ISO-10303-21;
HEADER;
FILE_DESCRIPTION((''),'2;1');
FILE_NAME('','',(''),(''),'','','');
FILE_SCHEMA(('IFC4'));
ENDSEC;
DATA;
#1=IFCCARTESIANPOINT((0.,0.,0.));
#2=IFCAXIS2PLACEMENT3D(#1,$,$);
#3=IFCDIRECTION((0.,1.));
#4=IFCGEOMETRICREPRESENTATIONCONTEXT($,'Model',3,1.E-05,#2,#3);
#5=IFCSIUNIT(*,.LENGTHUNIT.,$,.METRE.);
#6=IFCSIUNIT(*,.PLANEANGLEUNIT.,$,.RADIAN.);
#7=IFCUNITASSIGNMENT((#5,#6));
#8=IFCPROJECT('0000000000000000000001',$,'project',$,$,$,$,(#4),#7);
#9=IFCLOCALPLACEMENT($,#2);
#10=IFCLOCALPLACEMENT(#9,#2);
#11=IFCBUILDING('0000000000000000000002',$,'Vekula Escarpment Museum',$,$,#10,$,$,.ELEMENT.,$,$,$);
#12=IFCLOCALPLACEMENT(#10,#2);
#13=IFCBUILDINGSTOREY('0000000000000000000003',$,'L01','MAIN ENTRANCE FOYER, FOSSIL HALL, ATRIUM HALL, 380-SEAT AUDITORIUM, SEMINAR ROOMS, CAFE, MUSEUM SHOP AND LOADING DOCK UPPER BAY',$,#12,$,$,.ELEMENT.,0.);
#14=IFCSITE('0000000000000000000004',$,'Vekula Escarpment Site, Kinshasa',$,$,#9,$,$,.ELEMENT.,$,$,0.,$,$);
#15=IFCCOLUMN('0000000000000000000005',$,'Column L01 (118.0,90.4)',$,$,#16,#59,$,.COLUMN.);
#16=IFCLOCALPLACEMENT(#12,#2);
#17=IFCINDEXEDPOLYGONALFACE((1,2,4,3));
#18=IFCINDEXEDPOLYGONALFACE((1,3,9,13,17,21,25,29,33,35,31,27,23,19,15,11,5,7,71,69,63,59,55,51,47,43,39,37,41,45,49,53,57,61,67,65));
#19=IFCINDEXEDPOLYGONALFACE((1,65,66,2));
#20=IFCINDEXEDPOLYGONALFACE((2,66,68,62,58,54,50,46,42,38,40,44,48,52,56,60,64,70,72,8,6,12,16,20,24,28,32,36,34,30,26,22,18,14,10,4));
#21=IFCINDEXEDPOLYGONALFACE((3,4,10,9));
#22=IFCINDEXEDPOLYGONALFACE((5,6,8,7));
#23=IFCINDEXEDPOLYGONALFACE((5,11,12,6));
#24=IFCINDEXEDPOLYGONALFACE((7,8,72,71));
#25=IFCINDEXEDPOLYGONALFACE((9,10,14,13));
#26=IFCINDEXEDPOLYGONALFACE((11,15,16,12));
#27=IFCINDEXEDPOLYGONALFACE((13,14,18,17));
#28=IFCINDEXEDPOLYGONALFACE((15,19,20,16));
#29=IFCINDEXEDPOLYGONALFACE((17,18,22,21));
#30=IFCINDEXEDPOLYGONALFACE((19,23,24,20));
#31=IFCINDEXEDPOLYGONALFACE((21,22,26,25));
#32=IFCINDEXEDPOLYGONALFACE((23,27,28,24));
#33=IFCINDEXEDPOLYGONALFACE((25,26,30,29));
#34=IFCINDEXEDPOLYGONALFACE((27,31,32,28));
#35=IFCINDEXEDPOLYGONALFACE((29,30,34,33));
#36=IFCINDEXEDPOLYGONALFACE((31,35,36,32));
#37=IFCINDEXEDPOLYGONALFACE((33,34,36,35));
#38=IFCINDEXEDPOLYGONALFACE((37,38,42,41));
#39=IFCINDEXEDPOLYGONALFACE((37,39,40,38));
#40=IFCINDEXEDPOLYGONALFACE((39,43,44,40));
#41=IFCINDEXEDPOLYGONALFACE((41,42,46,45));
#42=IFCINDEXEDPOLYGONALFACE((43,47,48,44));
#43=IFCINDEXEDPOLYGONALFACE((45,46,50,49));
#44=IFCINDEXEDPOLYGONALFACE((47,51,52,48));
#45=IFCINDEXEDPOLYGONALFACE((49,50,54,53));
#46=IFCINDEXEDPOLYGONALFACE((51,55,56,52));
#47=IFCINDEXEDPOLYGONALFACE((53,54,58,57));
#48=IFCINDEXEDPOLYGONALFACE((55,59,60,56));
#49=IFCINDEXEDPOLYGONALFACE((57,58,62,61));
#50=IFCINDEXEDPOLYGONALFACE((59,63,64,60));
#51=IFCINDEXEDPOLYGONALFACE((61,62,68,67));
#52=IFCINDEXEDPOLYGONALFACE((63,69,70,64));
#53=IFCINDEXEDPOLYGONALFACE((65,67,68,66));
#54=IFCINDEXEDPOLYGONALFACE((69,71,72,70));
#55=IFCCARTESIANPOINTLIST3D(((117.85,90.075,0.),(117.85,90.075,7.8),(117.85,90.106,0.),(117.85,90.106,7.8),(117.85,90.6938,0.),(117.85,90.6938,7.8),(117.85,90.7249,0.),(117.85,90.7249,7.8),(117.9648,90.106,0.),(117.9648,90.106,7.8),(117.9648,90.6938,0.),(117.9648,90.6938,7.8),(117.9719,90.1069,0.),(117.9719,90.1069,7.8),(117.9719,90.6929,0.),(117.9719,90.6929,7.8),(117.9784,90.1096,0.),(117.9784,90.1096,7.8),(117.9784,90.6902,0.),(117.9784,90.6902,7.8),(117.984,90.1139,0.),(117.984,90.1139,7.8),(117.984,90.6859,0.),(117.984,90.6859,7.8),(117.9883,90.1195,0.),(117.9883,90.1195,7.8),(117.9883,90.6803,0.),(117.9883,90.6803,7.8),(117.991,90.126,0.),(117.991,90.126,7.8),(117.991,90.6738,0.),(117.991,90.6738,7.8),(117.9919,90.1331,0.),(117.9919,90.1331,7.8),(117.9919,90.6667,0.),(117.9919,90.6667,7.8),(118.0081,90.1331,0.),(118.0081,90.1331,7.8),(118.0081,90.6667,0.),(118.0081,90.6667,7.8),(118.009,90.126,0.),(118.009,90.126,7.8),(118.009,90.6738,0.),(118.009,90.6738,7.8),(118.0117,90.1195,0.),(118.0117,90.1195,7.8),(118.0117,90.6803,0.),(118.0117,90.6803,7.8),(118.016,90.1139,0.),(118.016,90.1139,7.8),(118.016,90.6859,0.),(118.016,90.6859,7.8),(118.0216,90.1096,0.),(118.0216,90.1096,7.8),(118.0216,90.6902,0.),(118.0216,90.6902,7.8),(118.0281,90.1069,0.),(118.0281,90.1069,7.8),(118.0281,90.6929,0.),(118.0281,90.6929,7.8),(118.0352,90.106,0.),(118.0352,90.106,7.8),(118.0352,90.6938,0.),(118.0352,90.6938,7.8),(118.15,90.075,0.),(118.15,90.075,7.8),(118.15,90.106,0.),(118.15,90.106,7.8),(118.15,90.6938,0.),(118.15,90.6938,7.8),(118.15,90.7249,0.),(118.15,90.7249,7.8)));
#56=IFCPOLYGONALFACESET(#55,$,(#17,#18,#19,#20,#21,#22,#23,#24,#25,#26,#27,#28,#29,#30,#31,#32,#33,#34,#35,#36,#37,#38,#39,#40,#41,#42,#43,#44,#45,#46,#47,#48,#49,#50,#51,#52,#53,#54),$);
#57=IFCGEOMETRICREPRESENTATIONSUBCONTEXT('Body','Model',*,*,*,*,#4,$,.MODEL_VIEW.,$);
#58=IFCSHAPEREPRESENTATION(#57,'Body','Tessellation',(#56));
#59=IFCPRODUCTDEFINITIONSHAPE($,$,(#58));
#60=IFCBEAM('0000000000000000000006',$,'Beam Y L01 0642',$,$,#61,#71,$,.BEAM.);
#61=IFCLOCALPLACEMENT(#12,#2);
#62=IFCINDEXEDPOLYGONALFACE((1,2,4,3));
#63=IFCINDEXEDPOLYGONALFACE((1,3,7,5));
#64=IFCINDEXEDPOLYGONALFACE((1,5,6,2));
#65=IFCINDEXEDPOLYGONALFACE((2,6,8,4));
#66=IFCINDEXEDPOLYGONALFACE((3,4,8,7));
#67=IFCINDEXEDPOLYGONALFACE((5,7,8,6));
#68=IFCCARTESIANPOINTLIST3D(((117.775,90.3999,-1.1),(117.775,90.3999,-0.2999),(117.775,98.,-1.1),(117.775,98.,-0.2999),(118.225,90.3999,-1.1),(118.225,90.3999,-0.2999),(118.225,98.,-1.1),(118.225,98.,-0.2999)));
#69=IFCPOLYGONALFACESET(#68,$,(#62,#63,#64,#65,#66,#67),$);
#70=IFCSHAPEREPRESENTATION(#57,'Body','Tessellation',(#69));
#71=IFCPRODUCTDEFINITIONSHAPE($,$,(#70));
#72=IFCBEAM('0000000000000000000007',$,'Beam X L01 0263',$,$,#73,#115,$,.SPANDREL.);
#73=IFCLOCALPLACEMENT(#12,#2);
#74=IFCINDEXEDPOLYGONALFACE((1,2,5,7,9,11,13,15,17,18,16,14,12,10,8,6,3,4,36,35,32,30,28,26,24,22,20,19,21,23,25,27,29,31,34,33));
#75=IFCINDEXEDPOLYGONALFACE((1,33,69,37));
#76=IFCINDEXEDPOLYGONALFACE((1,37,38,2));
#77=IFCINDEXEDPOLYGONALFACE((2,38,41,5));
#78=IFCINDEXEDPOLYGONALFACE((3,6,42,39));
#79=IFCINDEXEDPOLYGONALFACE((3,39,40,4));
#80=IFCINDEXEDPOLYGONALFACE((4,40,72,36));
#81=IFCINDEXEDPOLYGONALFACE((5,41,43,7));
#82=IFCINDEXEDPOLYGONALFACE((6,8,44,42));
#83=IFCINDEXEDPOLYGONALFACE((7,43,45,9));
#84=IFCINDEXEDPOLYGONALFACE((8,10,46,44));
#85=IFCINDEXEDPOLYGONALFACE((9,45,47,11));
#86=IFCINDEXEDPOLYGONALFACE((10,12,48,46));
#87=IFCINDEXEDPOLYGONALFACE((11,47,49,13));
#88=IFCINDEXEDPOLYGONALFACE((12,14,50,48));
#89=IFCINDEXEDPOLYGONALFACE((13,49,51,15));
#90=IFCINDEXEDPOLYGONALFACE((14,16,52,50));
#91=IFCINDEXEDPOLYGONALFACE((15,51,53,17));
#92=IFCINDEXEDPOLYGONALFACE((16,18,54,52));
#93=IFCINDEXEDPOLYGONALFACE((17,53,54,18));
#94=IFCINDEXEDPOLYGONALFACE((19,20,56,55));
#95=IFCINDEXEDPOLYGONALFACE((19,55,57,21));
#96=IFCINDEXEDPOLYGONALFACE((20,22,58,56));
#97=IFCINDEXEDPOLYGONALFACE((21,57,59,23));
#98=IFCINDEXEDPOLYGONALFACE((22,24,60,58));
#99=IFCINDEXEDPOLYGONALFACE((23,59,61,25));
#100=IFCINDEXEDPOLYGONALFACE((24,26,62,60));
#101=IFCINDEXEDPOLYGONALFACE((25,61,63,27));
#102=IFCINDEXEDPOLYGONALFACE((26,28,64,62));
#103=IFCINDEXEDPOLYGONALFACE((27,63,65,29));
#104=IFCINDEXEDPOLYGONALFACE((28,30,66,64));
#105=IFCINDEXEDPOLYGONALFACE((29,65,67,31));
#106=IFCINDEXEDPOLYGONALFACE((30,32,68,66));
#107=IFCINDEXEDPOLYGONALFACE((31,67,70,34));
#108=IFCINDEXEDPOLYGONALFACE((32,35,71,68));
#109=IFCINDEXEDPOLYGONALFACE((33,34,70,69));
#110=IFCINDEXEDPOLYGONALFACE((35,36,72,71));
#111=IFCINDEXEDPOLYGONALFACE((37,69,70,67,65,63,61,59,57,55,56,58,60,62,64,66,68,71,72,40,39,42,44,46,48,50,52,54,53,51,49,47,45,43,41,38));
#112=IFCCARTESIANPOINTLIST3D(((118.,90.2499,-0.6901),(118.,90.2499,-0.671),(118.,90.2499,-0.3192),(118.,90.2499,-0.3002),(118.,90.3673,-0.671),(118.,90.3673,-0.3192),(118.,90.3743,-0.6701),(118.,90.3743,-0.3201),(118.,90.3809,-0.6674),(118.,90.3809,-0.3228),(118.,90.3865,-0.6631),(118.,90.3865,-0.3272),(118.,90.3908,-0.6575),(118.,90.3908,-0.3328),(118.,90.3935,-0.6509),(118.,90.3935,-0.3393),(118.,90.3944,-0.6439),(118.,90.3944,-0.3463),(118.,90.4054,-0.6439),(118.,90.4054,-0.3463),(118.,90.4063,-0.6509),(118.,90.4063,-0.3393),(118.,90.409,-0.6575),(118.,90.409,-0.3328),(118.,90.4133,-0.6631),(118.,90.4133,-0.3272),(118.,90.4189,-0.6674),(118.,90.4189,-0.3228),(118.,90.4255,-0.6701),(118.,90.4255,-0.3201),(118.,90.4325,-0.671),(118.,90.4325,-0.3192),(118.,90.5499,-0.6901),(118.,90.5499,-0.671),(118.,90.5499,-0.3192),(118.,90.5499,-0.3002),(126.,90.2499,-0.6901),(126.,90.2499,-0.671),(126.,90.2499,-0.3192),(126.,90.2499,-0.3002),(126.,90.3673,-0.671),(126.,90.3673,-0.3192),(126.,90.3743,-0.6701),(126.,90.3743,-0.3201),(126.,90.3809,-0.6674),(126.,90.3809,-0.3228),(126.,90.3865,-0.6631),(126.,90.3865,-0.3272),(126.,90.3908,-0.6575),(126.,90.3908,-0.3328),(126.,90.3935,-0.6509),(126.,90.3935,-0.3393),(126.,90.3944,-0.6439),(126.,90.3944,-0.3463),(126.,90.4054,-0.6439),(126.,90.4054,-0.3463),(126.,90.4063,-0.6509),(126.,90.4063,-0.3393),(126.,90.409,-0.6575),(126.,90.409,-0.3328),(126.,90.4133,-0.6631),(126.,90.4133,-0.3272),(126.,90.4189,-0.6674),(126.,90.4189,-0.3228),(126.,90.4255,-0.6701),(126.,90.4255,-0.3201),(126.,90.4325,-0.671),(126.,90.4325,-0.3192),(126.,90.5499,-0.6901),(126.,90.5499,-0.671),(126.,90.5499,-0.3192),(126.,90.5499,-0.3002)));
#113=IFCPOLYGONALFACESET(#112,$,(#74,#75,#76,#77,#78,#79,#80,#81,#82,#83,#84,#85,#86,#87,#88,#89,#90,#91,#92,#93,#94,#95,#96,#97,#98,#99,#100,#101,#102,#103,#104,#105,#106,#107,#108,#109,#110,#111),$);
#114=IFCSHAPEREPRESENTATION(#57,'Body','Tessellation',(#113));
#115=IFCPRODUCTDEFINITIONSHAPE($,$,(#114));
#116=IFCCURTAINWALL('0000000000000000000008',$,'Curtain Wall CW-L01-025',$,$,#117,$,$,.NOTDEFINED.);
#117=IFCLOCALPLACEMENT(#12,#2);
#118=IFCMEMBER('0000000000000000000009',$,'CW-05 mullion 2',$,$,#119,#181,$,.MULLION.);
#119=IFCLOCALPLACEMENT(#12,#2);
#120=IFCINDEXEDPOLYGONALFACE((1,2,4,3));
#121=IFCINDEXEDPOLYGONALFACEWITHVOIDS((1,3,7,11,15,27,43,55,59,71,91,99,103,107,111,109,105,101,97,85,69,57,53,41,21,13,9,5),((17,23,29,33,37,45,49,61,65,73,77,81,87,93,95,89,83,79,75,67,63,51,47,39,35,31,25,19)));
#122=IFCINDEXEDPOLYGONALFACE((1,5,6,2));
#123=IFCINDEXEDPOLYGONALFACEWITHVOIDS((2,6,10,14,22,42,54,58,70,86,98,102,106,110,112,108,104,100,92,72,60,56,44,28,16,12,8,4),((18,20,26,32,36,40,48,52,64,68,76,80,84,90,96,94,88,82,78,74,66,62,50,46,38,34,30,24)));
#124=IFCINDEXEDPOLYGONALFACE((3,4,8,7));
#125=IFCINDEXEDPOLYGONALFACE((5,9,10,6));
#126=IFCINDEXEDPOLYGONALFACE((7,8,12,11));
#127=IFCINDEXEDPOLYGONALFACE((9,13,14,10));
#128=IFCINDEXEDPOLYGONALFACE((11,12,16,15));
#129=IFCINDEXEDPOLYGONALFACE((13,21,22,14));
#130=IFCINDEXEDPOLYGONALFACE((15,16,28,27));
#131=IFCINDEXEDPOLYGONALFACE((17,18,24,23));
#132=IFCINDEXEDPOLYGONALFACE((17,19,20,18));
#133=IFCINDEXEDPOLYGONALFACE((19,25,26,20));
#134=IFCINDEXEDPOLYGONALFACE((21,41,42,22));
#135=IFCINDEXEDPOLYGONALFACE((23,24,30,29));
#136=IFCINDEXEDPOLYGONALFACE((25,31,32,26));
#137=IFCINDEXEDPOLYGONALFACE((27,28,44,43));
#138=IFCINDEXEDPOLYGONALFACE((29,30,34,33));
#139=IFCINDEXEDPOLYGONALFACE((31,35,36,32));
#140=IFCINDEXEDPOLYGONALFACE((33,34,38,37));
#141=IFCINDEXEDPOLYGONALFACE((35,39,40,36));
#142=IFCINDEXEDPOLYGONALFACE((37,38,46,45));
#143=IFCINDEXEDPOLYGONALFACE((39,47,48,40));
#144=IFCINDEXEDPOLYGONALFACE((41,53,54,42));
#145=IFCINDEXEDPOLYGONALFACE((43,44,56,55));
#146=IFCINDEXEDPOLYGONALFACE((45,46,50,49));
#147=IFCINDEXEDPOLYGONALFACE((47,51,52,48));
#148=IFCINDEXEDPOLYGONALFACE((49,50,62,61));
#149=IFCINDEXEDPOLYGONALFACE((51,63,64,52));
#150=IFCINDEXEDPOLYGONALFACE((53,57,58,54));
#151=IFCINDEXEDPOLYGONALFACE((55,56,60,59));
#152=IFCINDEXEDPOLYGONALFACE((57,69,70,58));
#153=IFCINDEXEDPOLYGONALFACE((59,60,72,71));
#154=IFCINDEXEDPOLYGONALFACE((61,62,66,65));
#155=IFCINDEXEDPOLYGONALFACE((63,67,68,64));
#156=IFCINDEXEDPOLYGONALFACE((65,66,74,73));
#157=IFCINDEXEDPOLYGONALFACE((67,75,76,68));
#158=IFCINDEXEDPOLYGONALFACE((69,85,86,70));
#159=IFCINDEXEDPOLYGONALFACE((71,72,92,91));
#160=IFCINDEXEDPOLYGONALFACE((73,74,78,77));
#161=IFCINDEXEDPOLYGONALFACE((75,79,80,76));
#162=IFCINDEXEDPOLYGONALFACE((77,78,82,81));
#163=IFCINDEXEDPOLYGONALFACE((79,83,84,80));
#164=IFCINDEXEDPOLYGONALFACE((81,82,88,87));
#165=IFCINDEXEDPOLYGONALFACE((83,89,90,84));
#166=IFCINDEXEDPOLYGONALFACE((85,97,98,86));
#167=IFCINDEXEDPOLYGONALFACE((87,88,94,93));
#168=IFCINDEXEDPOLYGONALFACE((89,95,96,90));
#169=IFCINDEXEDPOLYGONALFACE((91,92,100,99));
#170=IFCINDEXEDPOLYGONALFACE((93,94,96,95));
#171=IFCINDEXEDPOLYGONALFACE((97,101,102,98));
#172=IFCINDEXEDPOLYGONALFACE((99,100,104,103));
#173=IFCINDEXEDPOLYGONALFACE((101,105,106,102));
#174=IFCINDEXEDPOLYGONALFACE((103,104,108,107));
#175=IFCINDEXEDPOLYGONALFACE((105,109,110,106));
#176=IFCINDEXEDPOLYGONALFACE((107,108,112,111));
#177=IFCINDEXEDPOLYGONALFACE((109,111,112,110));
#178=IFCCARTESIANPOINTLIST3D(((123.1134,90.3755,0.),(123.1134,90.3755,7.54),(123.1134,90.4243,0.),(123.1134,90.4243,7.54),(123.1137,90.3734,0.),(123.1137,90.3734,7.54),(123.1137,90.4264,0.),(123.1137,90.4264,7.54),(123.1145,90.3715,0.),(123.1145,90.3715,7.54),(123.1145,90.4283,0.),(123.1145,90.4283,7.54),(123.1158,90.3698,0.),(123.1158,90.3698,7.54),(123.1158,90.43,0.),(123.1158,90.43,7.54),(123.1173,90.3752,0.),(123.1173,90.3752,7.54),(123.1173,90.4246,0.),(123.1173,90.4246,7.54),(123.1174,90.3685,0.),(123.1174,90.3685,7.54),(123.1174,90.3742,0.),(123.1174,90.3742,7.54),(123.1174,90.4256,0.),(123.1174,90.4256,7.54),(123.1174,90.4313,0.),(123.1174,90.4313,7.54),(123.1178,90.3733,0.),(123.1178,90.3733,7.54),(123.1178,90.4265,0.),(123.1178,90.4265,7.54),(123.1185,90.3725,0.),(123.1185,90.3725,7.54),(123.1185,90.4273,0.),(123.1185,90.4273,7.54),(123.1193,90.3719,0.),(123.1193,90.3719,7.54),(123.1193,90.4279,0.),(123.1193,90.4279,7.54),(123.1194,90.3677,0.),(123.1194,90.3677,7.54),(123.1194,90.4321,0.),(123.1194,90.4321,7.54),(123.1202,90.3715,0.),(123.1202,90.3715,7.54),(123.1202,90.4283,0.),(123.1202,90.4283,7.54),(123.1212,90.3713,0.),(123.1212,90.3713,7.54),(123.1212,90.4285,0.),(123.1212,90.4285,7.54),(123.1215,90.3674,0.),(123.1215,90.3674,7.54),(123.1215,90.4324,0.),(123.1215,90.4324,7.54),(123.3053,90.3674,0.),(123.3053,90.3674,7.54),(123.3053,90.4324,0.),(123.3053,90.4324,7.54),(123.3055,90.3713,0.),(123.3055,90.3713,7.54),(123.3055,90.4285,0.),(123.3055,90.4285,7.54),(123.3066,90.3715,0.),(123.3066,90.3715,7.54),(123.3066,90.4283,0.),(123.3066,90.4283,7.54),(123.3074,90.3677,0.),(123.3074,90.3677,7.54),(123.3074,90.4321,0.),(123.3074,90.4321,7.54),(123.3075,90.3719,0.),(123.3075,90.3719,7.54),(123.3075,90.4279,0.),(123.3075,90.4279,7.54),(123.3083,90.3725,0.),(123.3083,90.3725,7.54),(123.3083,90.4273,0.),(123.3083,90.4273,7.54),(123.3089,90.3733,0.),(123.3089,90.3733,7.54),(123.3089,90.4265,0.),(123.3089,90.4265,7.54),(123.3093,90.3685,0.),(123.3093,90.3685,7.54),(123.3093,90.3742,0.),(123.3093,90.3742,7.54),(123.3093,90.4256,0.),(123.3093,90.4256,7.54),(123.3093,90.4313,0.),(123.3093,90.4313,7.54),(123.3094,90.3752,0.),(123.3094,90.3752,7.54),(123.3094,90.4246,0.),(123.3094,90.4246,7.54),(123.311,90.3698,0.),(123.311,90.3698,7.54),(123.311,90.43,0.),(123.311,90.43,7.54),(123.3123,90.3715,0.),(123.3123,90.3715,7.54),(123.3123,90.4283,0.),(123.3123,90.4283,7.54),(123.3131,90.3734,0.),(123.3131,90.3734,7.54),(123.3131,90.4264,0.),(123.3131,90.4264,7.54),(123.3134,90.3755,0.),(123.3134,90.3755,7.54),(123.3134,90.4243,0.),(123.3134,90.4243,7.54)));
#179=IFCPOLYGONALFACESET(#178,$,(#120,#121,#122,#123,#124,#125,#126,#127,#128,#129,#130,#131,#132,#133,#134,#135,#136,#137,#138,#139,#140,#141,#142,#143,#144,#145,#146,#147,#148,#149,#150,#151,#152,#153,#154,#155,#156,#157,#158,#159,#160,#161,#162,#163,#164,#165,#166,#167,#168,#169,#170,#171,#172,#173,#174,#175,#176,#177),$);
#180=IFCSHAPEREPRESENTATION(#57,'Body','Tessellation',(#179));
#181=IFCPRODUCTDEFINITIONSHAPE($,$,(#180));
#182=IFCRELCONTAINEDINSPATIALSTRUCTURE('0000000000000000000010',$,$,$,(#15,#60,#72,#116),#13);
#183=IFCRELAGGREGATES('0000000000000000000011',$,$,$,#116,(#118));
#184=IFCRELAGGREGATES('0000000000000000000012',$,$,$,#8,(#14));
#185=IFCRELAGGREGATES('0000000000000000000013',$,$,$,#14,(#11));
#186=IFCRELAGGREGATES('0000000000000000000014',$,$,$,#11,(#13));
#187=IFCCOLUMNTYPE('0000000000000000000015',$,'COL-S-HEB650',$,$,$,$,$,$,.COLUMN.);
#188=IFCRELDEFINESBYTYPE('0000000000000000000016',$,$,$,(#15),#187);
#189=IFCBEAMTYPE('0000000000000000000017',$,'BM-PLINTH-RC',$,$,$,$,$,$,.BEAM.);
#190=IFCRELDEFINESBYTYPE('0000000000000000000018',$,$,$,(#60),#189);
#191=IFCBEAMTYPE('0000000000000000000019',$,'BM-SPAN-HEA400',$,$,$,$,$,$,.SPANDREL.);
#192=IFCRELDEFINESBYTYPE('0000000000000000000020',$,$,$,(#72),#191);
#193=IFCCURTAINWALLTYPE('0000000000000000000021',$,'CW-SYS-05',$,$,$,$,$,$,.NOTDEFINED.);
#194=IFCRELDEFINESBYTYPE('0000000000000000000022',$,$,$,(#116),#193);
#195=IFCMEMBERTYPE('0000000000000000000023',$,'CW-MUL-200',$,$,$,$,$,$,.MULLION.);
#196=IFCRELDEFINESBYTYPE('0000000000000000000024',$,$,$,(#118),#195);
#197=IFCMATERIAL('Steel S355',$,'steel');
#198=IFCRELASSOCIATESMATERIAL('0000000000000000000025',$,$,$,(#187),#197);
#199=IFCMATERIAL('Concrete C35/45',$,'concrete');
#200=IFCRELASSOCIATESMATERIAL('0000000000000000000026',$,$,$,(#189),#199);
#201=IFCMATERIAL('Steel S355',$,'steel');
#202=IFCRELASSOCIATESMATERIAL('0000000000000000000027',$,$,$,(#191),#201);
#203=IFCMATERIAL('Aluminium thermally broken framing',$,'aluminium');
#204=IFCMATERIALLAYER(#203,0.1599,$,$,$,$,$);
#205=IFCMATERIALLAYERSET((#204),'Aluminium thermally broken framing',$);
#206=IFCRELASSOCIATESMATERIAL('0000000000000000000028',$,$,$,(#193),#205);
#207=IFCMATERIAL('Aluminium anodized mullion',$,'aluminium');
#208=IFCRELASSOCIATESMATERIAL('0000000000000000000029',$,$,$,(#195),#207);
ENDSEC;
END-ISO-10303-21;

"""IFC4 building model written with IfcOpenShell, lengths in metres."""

from ifc_helpers import new_model, si_unit, direction, frame, origin, origin_2d, place, context, subcontext, project, spatial, rectangle, hollow_rectangle, i_section, extrude, material, layer, layer_set, material_profile, profile_set, type_object, element, aggregate, save


model = new_model("IFC4")

# Units and contexts
model_context = context("Model", 3, precision=1e-05, world=origin(), true_north=direction((0.0, 1.0)))
body_context = subcontext(model_context, "Body", "Model", "MODEL_VIEW")
ifc_project = project(units=[si_unit("LENGTHUNIT", "METRE"), si_unit("PLANEANGLEUNIT", "RADIAN")], contexts=[model_context])

# Site, building, storey
site_placement = place(None, origin())
site = spatial("IfcSite", under=ifc_project, at=site_placement, Name="Vekula Escarpment Site, Kinshasa", CompositionType="ELEMENT", RefElevation=0.0)
building_placement = place(site_placement, origin())
building = spatial("IfcBuilding", under=site, at=building_placement, Name="Vekula Escarpment Museum", CompositionType="ELEMENT")
storey_placement = place(building_placement, origin())
storey = spatial("IfcBuildingStorey", under=building, at=storey_placement, Name="L01", Description="MAIN ENTRANCE FOYER, FOSSIL HALL, ATRIUM HALL, 380-SEAT AUDITORIUM, SEMINAR ROOMS, CAFE, MUSEUM SHOP AND LOADING DOCK UPPER BAY", CompositionType="ELEMENT", Elevation=0.0)

# Column
ifc_material_1 = material(Name="Steel S355", Category="steel")
ifc_material_profile_1 = material_profile(ifc_material_1, i_section(OverallWidth=0.3, OverallDepth=0.6499, WebThickness=0.0161, FlangeThickness=0.031, FilletRadius=0.0271, at=origin_2d()), Name="HEB 650")
ifc_profile_set_1 = profile_set([ifc_material_profile_1], Name="Steel S355")
column_type = type_object("IfcColumnType", Name="COL-S-HEB650", PredefinedType="COLUMN", material=ifc_profile_set_1)
column_placement = place(storey_placement, frame((118.0, 90.3999, 0.0), z_axis=(0.0, 0.0, 1.0), x_axis=(1.0, 0.0, 0.0)))
element("IfcColumn", 1, at=column_placement, inside=storey, type_object=column_type, Name="Column L01 (118.0,90.4)", PredefinedType="COLUMN", context=body_context, shape_type="SweptSolid", body=[
    extrude(i_section(OverallWidth=0.3, OverallDepth=0.6499, WebThickness=0.0161, FlangeThickness=0.031, FilletRadius=0.0271, at=origin_2d()), origin(), (0.0, 0.0, 1.0), 7.8),
])

# Beams
ifc_material_2 = material(Name="Concrete C35/45", Category="concrete")
ifc_material_profile_2 = material_profile(ifc_material_2, rectangle(XDim=0.45, YDim=0.8, at=origin_2d()), Name="RC 450x800")
ifc_profile_set_2 = profile_set([ifc_material_profile_2], Name="Concrete C35/45")
beam_type_1 = type_object("IfcBeamType", Name="BM-PLINTH-RC", PredefinedType="BEAM", material=ifc_profile_set_2)
beam_1_placement = place(storey_placement, frame((118.0, 90.3999, -0.7), z_axis=(0.0, 1.0, 0.0), x_axis=(-1.0, 0.0, 0.0)))
element("IfcBeam", 2, at=beam_1_placement, inside=storey, type_object=beam_type_1, Name="Beam Y L01 0642", PredefinedType="BEAM", context=body_context, shape_type="SweptSolid", body=[
    extrude(rectangle(XDim=0.45, YDim=0.8, at=origin_2d()), origin(), (0.0, 0.0, 1.0), 7.6001),
])
ifc_material_3 = material(Name="Steel S355", Category="steel")
ifc_material_profile_3 = material_profile(ifc_material_3, i_section(OverallWidth=0.3, OverallDepth=0.3899, WebThickness=0.011, FlangeThickness=0.019, FilletRadius=0.0271, at=origin_2d()), Name="HEA 400")
ifc_profile_set_3 = profile_set([ifc_material_profile_3], Name="Steel S355")
beam_type_2 = type_object("IfcBeamType", Name="BM-SPAN-HEA400", PredefinedType="SPANDREL", material=ifc_profile_set_3)
beam_2_placement = place(storey_placement, frame((118.0, 90.3999, -0.4951), z_axis=(1.0, 0.0, 0.0), x_axis=(0.0, 1.0, 0.0)))
element("IfcBeam", 3, at=beam_2_placement, inside=storey, type_object=beam_type_2, Name="Beam X L01 0263", PredefinedType="SPANDREL", context=body_context, shape_type="SweptSolid", body=[
    extrude(i_section(OverallWidth=0.3, OverallDepth=0.3899, WebThickness=0.011, FlangeThickness=0.019, FilletRadius=0.0271, at=origin_2d()), origin(), (0.0, 0.0, 1.0), 8.0),
])

# Curtain wall, member
ifc_material_4 = material(Name="Aluminium thermally broken framing", Category="aluminium")
ifc_layer_1 = layer(ifc_material_4, 0.1599)
ifc_layer_set_1 = layer_set([ifc_layer_1], Name="Aluminium thermally broken framing")
curtain_wall_type_1 = type_object("IfcCurtainWallType", Name="CW-SYS-05", PredefinedType="NOTDEFINED", material=ifc_layer_set_1)
curtain_wall_1_placement = place(storey_placement, origin())
curtain_wall_1 = element("IfcCurtainWall", 4, at=curtain_wall_1_placement, inside=storey, type_object=curtain_wall_type_1, Name="Curtain Wall CW-L01-025", PredefinedType="NOTDEFINED")
ifc_material_5 = material(Name="Aluminium anodized mullion", Category="aluminium")
ifc_material_profile_4 = material_profile(ifc_material_5, hollow_rectangle(XDim=0.0649, YDim=0.2, WallThickness=0.0039, InnerFilletRadius=0.0039, OuterFilletRadius=0.0081, at=origin_2d()), Name="ALU 200x65x4")
ifc_profile_set_4 = profile_set([ifc_material_profile_4], Name="Aluminium anodized mullion")
member_type_1 = type_object("IfcMemberType", Name="CW-MUL-200", PredefinedType="MULLION", material=ifc_profile_set_4)
member_1_placement = place(storey_placement, frame((123.2134, 90.3999, 0.0), z_axis=(0.0, 0.0, 1.0), x_axis=(0.0, -1.0, 0.0)))
member_1 = element("IfcMember", 5, at=member_1_placement, type_object=member_type_1, Name="CW-05 mullion 2", PredefinedType="MULLION", context=body_context, shape_type="SweptSolid", body=[
    extrude(hollow_rectangle(XDim=0.0649, YDim=0.2, WallThickness=0.0039, InnerFilletRadius=0.0039, OuterFilletRadius=0.0081, at=origin_2d()), origin(), (0.0, 0.0, 1.0), 7.54),
])

aggregate(curtain_wall_1, [member_1])

save(model, "model.ifc")
